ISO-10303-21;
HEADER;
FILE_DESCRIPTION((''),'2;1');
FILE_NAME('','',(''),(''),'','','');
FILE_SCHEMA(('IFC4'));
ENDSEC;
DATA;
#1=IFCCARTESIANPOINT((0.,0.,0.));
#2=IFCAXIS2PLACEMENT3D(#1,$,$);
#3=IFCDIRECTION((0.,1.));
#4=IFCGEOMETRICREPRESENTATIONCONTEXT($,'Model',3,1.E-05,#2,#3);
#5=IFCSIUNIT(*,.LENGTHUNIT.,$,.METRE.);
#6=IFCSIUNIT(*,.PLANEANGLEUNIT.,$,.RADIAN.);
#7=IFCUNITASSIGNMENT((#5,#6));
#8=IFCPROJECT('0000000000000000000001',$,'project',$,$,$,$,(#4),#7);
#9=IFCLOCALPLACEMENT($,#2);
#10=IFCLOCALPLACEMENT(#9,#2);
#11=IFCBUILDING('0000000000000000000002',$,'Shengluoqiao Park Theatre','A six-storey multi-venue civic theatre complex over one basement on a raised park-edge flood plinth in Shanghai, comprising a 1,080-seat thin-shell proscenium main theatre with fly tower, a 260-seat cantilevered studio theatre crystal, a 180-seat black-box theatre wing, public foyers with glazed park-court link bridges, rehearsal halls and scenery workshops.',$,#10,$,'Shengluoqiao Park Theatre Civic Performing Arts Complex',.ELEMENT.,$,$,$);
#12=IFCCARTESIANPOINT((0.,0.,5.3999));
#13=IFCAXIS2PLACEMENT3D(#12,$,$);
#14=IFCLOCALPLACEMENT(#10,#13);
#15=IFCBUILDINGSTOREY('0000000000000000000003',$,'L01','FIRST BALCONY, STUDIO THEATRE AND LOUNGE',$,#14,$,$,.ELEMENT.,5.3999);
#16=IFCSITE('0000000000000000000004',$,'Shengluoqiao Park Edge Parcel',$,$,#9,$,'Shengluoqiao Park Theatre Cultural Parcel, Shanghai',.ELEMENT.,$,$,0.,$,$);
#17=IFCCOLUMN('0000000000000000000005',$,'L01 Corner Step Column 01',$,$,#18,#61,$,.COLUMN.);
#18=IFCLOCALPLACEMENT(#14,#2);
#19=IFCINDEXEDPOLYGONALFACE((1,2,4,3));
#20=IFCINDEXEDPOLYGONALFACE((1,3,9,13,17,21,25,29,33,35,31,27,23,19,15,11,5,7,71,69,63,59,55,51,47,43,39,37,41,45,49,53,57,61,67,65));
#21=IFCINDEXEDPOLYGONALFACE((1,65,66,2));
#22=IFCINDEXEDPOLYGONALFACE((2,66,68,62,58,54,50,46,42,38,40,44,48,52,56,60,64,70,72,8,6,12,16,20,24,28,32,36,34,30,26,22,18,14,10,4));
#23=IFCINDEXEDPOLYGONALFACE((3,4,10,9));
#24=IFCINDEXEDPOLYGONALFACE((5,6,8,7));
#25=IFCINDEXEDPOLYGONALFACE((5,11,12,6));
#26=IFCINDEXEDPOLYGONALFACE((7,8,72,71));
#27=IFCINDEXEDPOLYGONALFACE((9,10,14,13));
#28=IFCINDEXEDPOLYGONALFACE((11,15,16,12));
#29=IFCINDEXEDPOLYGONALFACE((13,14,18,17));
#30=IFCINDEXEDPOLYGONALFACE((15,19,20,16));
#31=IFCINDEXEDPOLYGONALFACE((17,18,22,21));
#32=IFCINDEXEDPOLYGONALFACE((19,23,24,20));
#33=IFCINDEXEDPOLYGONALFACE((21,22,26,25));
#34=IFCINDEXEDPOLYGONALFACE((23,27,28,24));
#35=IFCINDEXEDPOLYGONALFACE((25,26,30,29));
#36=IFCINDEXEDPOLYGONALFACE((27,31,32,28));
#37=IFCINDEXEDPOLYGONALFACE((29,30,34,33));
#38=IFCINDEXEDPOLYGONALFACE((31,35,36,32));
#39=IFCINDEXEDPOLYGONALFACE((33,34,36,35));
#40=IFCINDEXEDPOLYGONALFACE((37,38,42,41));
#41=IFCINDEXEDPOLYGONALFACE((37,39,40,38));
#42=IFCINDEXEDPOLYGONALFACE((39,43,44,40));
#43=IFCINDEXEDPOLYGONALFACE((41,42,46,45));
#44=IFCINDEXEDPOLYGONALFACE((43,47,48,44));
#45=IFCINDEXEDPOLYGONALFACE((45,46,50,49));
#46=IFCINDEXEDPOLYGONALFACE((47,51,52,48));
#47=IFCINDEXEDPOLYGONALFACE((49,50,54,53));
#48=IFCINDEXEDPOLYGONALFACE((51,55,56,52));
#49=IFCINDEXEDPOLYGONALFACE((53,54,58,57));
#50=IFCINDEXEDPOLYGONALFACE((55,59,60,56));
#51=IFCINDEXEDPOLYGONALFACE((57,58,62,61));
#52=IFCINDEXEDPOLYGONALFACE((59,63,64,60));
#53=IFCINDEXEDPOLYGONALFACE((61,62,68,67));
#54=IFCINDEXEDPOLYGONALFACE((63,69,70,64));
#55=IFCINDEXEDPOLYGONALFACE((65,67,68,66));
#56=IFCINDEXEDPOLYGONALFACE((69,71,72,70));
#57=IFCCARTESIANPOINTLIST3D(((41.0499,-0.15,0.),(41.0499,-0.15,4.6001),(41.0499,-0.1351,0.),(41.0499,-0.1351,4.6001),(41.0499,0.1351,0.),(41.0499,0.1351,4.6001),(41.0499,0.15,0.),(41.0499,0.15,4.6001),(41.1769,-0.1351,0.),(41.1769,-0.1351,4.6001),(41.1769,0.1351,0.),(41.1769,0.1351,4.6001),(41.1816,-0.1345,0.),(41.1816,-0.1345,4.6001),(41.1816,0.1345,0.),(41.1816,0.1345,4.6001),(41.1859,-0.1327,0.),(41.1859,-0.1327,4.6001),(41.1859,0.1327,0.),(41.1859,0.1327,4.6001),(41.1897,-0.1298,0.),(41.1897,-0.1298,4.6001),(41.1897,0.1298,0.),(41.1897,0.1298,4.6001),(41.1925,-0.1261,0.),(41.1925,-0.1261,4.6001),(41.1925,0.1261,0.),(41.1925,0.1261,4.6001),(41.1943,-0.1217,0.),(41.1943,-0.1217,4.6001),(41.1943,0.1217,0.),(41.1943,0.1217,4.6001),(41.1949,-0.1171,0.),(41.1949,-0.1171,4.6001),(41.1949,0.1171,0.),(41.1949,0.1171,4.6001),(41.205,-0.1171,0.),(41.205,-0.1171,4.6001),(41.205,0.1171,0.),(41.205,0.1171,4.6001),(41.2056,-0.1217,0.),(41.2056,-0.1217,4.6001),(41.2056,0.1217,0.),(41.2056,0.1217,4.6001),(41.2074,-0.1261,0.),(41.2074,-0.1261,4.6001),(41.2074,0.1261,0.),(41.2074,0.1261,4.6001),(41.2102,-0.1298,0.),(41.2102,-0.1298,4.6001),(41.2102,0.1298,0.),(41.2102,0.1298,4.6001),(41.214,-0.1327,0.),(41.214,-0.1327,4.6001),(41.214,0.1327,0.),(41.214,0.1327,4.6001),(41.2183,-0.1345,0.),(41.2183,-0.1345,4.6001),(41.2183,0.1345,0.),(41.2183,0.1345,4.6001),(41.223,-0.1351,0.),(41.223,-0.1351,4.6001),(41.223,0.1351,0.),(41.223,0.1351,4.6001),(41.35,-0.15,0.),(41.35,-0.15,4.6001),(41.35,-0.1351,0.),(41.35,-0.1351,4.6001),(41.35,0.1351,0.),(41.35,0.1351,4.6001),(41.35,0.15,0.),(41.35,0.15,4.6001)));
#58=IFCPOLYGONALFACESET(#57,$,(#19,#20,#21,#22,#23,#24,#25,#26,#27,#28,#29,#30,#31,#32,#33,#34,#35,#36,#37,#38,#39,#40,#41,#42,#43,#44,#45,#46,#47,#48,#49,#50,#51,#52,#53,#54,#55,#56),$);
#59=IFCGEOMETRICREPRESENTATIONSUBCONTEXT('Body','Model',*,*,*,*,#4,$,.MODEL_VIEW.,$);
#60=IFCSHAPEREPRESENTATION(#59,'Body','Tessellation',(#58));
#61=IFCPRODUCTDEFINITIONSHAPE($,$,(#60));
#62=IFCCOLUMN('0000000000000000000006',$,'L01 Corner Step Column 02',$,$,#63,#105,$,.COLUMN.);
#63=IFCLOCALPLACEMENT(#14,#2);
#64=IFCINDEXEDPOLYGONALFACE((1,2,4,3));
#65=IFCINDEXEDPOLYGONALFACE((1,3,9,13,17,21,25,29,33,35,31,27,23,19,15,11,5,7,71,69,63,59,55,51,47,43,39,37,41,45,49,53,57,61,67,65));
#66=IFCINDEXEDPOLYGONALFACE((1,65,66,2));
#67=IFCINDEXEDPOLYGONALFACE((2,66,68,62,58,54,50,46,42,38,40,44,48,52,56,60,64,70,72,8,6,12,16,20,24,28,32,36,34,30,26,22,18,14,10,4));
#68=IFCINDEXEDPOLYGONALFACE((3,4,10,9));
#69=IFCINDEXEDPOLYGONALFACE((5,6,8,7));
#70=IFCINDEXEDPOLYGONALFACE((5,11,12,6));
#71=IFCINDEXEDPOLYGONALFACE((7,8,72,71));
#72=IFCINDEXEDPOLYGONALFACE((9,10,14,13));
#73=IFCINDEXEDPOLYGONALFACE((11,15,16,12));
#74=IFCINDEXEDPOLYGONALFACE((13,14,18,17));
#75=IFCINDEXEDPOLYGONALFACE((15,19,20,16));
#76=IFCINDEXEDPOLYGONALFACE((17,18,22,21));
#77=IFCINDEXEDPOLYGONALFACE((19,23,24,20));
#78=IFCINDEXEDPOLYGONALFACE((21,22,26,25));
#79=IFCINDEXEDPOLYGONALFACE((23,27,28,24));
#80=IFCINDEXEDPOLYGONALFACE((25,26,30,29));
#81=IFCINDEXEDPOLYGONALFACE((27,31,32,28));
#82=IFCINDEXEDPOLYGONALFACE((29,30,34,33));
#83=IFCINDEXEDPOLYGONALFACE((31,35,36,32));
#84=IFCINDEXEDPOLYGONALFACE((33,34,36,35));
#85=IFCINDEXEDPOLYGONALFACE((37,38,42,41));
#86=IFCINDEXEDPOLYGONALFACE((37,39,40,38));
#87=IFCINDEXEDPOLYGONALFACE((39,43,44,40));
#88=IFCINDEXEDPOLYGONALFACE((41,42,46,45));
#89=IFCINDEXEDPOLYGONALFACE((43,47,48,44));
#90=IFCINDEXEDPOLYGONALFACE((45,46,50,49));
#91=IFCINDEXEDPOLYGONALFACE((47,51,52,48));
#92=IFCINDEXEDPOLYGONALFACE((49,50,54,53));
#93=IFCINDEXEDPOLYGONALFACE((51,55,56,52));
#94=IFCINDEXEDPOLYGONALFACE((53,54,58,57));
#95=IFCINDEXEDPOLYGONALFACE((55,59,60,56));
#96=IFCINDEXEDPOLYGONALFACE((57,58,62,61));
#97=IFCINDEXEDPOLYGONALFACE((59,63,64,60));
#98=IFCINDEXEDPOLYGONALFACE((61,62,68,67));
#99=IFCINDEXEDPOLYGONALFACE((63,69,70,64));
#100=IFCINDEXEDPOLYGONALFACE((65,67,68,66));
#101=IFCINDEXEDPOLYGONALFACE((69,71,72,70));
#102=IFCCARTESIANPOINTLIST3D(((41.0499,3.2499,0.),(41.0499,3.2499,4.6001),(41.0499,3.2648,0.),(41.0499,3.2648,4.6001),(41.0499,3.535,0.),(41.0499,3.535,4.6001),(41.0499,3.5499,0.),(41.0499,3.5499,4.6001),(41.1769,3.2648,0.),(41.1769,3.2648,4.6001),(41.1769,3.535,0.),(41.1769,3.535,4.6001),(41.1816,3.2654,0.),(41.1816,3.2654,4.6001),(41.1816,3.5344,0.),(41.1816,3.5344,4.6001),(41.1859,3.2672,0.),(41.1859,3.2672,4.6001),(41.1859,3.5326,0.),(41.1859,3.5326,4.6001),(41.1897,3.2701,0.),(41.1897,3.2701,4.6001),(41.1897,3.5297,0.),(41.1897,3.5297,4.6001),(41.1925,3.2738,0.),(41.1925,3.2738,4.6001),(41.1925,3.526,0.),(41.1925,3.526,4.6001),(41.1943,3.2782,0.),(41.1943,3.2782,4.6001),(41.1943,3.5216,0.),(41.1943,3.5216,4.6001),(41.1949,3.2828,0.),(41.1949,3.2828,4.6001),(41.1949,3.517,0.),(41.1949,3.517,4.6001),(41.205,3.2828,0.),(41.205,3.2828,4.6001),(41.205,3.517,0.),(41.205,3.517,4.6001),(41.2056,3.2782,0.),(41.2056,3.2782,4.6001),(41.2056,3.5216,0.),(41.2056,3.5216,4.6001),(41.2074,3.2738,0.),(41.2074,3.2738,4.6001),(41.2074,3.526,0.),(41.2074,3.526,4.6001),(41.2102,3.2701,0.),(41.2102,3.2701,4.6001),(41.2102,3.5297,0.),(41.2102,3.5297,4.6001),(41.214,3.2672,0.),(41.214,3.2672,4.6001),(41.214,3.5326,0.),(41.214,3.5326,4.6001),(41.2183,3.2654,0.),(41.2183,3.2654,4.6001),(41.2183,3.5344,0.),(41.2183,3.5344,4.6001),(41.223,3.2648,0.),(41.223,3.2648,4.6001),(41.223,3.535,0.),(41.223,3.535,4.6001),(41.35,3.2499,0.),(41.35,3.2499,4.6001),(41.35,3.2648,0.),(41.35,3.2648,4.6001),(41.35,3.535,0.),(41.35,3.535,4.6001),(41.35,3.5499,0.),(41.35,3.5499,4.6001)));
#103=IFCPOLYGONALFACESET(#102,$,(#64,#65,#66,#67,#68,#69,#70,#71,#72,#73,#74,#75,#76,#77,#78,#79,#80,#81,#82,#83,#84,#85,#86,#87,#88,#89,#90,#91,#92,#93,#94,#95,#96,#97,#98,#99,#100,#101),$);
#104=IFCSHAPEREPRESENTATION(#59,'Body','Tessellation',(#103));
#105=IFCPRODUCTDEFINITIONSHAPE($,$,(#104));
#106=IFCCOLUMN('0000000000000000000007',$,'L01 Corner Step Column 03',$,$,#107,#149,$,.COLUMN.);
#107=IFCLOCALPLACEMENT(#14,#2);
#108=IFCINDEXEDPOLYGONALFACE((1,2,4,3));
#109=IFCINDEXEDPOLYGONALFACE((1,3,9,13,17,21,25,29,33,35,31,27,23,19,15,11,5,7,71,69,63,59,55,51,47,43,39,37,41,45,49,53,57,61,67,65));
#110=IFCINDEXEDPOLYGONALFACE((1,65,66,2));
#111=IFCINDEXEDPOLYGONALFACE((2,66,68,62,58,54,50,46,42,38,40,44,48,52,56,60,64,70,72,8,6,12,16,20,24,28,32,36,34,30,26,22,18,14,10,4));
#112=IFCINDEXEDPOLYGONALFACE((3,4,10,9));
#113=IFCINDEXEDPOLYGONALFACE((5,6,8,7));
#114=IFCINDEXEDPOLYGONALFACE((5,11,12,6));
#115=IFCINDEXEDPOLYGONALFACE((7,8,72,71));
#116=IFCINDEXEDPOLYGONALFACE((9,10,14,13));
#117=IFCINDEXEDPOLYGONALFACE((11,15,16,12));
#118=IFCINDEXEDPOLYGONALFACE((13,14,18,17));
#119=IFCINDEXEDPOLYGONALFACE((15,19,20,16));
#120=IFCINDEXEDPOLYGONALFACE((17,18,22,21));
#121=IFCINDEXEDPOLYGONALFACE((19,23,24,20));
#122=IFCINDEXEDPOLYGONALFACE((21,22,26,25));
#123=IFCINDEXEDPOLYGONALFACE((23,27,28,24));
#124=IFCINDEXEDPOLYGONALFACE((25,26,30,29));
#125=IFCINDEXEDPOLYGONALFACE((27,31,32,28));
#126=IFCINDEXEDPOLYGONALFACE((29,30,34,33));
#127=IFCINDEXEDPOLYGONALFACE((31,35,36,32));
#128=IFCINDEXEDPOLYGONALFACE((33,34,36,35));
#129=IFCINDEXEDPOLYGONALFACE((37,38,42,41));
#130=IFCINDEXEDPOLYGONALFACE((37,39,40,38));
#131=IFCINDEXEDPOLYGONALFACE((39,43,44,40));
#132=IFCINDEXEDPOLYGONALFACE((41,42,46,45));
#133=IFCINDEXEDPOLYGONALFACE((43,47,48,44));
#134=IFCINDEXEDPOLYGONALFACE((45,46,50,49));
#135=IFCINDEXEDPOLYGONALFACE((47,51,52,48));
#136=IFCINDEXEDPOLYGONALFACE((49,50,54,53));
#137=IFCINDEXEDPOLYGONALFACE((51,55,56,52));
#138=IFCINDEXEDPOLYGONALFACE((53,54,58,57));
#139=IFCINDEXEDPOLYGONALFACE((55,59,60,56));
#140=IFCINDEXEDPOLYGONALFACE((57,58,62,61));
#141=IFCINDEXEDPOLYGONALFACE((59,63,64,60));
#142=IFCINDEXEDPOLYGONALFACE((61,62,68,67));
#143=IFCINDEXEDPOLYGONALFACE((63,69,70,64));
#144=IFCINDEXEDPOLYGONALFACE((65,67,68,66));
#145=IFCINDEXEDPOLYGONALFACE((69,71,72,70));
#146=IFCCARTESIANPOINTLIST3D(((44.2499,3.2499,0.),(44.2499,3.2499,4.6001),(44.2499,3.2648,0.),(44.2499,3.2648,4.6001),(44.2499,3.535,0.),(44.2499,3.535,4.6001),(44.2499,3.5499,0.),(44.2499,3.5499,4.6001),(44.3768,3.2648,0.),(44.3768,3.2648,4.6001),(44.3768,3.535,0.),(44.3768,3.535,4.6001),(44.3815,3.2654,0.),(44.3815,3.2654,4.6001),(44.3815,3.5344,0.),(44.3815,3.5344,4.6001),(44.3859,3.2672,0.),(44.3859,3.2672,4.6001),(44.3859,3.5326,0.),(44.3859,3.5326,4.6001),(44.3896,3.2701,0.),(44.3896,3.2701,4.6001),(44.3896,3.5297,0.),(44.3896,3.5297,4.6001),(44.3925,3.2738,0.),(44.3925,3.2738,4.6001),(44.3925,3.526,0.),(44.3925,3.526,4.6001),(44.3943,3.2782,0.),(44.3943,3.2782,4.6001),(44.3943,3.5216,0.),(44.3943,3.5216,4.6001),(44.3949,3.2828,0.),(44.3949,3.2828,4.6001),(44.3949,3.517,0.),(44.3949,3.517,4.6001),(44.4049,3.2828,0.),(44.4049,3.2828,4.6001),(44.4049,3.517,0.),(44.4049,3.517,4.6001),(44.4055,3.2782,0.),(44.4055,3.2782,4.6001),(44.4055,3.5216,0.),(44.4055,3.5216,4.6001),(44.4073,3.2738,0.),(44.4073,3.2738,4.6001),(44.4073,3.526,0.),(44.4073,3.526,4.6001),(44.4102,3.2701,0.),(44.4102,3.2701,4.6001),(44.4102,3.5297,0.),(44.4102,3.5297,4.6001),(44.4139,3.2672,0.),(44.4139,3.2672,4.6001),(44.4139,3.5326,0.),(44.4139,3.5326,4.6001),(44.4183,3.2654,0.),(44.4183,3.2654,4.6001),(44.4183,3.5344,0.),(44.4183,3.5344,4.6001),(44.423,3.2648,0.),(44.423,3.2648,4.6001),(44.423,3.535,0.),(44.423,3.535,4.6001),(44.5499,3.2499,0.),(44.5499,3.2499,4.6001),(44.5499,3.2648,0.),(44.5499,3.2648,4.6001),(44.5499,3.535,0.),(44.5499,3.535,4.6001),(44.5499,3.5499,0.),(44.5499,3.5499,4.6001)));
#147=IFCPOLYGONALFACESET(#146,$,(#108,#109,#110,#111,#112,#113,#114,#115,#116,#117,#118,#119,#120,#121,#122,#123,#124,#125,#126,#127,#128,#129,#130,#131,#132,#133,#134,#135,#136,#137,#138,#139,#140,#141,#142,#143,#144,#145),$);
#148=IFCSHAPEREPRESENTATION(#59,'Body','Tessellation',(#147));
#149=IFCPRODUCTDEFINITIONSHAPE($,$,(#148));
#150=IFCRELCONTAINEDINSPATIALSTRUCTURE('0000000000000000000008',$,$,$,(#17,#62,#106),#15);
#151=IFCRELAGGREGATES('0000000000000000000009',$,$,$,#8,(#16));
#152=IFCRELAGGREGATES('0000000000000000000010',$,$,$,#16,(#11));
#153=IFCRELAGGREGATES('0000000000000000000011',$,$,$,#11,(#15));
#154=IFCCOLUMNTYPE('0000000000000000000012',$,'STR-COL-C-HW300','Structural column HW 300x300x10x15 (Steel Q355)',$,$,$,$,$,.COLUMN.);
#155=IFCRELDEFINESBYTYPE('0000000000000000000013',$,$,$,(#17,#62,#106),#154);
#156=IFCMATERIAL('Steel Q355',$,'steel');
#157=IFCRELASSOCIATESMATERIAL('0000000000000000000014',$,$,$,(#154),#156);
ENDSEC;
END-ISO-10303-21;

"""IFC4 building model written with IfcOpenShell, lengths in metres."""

from ifc_helpers import new_model, si_unit, direction, frame, origin, origin_2d, place, context, subcontext, project, spatial, i_section, extrude, material, material_profile, profile_set, type_object, element, save


model = new_model("IFC4")

# Units and contexts
model_context = context("Model", 3, precision=1e-05, world=origin(), true_north=direction((0.0, 1.0)))
body_context = subcontext(model_context, "Body", "Model", "MODEL_VIEW")
ifc_project = project(units=[si_unit("LENGTHUNIT", "METRE"), si_unit("PLANEANGLEUNIT", "RADIAN")], contexts=[model_context])

# Site, building, storey
site_placement = place(None, origin())
site = spatial("IfcSite", under=ifc_project, at=site_placement, Name="Shengluoqiao Park Edge Parcel", LongName="Shengluoqiao Park Theatre Cultural Parcel, Shanghai", CompositionType="ELEMENT", RefElevation=0.0)
building_placement = place(site_placement, origin())
building = spatial("IfcBuilding", under=site, at=building_placement, Name="Shengluoqiao Park Theatre", Description="A six-storey multi-venue civic theatre complex over one basement on a raised park-edge flood plinth in Shanghai, comprising a 1,080-seat thin-shell proscenium main theatre with fly tower, a 260-seat cantilevered studio theatre crystal, a 180-seat black-box theatre wing, public foyers with glazed park-court link bridges, rehearsal halls and scenery workshops.", LongName="Shengluoqiao Park Theatre Civic Performing Arts Complex", CompositionType="ELEMENT")
storey_placement = place(building_placement, frame((0.0, 0.0, 5.3999)))
storey = spatial("IfcBuildingStorey", under=building, at=storey_placement, Name="L01", Description="FIRST BALCONY, STUDIO THEATRE AND LOUNGE", CompositionType="ELEMENT", Elevation=5.3999)

# Columns
ifc_material_1 = material(Name="Steel Q355", Category="steel")
ifc_material_profile_1 = material_profile(ifc_material_1, i_section(OverallWidth=0.3, OverallDepth=0.3, WebThickness=0.01, FlangeThickness=0.0149, FilletRadius=0.0181, at=origin_2d()), Name="HW 300x300x10x15")
ifc_profile_set_1 = profile_set([ifc_material_profile_1], Name="Steel Q355")
column_type = type_object("IfcColumnType", Name="STR-COL-C-HW300", Description="Structural column HW 300x300x10x15 (Steel Q355)", PredefinedType="COLUMN", material=ifc_profile_set_1)
for number, where, z_axis, x_axis, name in (
    (1, (41.2, 0.0, 0.0), (0.0, 0.0, 1.0), (1.0, 0.0, 0.0), "L01 Corner Step Column 01"),
    (2, (41.2, 3.3999, 0.0), (0.0, 0.0, 1.0), (1.0, 0.0, 0.0), "L01 Corner Step Column 02"),
    (3, (44.3999, 3.3999, 0.0), (0.0, 0.0, 1.0), (1.0, 0.0, 0.0), "L01 Corner Step Column 03"),
):
    element("IfcColumn", number, at=place(storey_placement, frame(where, z_axis=z_axis, x_axis=x_axis)), inside=storey, type_object=column_type, Name=name, PredefinedType="COLUMN", context=body_context, shape_type="SweptSolid", body=[
        extrude(i_section(OverallWidth=0.3, OverallDepth=0.3, WebThickness=0.01, FlangeThickness=0.0149, FilletRadius=0.0181, at=origin_2d()), origin(), (0.0, 0.0, 1.0), 4.6001),
    ])

save(model, "model.ifc")
